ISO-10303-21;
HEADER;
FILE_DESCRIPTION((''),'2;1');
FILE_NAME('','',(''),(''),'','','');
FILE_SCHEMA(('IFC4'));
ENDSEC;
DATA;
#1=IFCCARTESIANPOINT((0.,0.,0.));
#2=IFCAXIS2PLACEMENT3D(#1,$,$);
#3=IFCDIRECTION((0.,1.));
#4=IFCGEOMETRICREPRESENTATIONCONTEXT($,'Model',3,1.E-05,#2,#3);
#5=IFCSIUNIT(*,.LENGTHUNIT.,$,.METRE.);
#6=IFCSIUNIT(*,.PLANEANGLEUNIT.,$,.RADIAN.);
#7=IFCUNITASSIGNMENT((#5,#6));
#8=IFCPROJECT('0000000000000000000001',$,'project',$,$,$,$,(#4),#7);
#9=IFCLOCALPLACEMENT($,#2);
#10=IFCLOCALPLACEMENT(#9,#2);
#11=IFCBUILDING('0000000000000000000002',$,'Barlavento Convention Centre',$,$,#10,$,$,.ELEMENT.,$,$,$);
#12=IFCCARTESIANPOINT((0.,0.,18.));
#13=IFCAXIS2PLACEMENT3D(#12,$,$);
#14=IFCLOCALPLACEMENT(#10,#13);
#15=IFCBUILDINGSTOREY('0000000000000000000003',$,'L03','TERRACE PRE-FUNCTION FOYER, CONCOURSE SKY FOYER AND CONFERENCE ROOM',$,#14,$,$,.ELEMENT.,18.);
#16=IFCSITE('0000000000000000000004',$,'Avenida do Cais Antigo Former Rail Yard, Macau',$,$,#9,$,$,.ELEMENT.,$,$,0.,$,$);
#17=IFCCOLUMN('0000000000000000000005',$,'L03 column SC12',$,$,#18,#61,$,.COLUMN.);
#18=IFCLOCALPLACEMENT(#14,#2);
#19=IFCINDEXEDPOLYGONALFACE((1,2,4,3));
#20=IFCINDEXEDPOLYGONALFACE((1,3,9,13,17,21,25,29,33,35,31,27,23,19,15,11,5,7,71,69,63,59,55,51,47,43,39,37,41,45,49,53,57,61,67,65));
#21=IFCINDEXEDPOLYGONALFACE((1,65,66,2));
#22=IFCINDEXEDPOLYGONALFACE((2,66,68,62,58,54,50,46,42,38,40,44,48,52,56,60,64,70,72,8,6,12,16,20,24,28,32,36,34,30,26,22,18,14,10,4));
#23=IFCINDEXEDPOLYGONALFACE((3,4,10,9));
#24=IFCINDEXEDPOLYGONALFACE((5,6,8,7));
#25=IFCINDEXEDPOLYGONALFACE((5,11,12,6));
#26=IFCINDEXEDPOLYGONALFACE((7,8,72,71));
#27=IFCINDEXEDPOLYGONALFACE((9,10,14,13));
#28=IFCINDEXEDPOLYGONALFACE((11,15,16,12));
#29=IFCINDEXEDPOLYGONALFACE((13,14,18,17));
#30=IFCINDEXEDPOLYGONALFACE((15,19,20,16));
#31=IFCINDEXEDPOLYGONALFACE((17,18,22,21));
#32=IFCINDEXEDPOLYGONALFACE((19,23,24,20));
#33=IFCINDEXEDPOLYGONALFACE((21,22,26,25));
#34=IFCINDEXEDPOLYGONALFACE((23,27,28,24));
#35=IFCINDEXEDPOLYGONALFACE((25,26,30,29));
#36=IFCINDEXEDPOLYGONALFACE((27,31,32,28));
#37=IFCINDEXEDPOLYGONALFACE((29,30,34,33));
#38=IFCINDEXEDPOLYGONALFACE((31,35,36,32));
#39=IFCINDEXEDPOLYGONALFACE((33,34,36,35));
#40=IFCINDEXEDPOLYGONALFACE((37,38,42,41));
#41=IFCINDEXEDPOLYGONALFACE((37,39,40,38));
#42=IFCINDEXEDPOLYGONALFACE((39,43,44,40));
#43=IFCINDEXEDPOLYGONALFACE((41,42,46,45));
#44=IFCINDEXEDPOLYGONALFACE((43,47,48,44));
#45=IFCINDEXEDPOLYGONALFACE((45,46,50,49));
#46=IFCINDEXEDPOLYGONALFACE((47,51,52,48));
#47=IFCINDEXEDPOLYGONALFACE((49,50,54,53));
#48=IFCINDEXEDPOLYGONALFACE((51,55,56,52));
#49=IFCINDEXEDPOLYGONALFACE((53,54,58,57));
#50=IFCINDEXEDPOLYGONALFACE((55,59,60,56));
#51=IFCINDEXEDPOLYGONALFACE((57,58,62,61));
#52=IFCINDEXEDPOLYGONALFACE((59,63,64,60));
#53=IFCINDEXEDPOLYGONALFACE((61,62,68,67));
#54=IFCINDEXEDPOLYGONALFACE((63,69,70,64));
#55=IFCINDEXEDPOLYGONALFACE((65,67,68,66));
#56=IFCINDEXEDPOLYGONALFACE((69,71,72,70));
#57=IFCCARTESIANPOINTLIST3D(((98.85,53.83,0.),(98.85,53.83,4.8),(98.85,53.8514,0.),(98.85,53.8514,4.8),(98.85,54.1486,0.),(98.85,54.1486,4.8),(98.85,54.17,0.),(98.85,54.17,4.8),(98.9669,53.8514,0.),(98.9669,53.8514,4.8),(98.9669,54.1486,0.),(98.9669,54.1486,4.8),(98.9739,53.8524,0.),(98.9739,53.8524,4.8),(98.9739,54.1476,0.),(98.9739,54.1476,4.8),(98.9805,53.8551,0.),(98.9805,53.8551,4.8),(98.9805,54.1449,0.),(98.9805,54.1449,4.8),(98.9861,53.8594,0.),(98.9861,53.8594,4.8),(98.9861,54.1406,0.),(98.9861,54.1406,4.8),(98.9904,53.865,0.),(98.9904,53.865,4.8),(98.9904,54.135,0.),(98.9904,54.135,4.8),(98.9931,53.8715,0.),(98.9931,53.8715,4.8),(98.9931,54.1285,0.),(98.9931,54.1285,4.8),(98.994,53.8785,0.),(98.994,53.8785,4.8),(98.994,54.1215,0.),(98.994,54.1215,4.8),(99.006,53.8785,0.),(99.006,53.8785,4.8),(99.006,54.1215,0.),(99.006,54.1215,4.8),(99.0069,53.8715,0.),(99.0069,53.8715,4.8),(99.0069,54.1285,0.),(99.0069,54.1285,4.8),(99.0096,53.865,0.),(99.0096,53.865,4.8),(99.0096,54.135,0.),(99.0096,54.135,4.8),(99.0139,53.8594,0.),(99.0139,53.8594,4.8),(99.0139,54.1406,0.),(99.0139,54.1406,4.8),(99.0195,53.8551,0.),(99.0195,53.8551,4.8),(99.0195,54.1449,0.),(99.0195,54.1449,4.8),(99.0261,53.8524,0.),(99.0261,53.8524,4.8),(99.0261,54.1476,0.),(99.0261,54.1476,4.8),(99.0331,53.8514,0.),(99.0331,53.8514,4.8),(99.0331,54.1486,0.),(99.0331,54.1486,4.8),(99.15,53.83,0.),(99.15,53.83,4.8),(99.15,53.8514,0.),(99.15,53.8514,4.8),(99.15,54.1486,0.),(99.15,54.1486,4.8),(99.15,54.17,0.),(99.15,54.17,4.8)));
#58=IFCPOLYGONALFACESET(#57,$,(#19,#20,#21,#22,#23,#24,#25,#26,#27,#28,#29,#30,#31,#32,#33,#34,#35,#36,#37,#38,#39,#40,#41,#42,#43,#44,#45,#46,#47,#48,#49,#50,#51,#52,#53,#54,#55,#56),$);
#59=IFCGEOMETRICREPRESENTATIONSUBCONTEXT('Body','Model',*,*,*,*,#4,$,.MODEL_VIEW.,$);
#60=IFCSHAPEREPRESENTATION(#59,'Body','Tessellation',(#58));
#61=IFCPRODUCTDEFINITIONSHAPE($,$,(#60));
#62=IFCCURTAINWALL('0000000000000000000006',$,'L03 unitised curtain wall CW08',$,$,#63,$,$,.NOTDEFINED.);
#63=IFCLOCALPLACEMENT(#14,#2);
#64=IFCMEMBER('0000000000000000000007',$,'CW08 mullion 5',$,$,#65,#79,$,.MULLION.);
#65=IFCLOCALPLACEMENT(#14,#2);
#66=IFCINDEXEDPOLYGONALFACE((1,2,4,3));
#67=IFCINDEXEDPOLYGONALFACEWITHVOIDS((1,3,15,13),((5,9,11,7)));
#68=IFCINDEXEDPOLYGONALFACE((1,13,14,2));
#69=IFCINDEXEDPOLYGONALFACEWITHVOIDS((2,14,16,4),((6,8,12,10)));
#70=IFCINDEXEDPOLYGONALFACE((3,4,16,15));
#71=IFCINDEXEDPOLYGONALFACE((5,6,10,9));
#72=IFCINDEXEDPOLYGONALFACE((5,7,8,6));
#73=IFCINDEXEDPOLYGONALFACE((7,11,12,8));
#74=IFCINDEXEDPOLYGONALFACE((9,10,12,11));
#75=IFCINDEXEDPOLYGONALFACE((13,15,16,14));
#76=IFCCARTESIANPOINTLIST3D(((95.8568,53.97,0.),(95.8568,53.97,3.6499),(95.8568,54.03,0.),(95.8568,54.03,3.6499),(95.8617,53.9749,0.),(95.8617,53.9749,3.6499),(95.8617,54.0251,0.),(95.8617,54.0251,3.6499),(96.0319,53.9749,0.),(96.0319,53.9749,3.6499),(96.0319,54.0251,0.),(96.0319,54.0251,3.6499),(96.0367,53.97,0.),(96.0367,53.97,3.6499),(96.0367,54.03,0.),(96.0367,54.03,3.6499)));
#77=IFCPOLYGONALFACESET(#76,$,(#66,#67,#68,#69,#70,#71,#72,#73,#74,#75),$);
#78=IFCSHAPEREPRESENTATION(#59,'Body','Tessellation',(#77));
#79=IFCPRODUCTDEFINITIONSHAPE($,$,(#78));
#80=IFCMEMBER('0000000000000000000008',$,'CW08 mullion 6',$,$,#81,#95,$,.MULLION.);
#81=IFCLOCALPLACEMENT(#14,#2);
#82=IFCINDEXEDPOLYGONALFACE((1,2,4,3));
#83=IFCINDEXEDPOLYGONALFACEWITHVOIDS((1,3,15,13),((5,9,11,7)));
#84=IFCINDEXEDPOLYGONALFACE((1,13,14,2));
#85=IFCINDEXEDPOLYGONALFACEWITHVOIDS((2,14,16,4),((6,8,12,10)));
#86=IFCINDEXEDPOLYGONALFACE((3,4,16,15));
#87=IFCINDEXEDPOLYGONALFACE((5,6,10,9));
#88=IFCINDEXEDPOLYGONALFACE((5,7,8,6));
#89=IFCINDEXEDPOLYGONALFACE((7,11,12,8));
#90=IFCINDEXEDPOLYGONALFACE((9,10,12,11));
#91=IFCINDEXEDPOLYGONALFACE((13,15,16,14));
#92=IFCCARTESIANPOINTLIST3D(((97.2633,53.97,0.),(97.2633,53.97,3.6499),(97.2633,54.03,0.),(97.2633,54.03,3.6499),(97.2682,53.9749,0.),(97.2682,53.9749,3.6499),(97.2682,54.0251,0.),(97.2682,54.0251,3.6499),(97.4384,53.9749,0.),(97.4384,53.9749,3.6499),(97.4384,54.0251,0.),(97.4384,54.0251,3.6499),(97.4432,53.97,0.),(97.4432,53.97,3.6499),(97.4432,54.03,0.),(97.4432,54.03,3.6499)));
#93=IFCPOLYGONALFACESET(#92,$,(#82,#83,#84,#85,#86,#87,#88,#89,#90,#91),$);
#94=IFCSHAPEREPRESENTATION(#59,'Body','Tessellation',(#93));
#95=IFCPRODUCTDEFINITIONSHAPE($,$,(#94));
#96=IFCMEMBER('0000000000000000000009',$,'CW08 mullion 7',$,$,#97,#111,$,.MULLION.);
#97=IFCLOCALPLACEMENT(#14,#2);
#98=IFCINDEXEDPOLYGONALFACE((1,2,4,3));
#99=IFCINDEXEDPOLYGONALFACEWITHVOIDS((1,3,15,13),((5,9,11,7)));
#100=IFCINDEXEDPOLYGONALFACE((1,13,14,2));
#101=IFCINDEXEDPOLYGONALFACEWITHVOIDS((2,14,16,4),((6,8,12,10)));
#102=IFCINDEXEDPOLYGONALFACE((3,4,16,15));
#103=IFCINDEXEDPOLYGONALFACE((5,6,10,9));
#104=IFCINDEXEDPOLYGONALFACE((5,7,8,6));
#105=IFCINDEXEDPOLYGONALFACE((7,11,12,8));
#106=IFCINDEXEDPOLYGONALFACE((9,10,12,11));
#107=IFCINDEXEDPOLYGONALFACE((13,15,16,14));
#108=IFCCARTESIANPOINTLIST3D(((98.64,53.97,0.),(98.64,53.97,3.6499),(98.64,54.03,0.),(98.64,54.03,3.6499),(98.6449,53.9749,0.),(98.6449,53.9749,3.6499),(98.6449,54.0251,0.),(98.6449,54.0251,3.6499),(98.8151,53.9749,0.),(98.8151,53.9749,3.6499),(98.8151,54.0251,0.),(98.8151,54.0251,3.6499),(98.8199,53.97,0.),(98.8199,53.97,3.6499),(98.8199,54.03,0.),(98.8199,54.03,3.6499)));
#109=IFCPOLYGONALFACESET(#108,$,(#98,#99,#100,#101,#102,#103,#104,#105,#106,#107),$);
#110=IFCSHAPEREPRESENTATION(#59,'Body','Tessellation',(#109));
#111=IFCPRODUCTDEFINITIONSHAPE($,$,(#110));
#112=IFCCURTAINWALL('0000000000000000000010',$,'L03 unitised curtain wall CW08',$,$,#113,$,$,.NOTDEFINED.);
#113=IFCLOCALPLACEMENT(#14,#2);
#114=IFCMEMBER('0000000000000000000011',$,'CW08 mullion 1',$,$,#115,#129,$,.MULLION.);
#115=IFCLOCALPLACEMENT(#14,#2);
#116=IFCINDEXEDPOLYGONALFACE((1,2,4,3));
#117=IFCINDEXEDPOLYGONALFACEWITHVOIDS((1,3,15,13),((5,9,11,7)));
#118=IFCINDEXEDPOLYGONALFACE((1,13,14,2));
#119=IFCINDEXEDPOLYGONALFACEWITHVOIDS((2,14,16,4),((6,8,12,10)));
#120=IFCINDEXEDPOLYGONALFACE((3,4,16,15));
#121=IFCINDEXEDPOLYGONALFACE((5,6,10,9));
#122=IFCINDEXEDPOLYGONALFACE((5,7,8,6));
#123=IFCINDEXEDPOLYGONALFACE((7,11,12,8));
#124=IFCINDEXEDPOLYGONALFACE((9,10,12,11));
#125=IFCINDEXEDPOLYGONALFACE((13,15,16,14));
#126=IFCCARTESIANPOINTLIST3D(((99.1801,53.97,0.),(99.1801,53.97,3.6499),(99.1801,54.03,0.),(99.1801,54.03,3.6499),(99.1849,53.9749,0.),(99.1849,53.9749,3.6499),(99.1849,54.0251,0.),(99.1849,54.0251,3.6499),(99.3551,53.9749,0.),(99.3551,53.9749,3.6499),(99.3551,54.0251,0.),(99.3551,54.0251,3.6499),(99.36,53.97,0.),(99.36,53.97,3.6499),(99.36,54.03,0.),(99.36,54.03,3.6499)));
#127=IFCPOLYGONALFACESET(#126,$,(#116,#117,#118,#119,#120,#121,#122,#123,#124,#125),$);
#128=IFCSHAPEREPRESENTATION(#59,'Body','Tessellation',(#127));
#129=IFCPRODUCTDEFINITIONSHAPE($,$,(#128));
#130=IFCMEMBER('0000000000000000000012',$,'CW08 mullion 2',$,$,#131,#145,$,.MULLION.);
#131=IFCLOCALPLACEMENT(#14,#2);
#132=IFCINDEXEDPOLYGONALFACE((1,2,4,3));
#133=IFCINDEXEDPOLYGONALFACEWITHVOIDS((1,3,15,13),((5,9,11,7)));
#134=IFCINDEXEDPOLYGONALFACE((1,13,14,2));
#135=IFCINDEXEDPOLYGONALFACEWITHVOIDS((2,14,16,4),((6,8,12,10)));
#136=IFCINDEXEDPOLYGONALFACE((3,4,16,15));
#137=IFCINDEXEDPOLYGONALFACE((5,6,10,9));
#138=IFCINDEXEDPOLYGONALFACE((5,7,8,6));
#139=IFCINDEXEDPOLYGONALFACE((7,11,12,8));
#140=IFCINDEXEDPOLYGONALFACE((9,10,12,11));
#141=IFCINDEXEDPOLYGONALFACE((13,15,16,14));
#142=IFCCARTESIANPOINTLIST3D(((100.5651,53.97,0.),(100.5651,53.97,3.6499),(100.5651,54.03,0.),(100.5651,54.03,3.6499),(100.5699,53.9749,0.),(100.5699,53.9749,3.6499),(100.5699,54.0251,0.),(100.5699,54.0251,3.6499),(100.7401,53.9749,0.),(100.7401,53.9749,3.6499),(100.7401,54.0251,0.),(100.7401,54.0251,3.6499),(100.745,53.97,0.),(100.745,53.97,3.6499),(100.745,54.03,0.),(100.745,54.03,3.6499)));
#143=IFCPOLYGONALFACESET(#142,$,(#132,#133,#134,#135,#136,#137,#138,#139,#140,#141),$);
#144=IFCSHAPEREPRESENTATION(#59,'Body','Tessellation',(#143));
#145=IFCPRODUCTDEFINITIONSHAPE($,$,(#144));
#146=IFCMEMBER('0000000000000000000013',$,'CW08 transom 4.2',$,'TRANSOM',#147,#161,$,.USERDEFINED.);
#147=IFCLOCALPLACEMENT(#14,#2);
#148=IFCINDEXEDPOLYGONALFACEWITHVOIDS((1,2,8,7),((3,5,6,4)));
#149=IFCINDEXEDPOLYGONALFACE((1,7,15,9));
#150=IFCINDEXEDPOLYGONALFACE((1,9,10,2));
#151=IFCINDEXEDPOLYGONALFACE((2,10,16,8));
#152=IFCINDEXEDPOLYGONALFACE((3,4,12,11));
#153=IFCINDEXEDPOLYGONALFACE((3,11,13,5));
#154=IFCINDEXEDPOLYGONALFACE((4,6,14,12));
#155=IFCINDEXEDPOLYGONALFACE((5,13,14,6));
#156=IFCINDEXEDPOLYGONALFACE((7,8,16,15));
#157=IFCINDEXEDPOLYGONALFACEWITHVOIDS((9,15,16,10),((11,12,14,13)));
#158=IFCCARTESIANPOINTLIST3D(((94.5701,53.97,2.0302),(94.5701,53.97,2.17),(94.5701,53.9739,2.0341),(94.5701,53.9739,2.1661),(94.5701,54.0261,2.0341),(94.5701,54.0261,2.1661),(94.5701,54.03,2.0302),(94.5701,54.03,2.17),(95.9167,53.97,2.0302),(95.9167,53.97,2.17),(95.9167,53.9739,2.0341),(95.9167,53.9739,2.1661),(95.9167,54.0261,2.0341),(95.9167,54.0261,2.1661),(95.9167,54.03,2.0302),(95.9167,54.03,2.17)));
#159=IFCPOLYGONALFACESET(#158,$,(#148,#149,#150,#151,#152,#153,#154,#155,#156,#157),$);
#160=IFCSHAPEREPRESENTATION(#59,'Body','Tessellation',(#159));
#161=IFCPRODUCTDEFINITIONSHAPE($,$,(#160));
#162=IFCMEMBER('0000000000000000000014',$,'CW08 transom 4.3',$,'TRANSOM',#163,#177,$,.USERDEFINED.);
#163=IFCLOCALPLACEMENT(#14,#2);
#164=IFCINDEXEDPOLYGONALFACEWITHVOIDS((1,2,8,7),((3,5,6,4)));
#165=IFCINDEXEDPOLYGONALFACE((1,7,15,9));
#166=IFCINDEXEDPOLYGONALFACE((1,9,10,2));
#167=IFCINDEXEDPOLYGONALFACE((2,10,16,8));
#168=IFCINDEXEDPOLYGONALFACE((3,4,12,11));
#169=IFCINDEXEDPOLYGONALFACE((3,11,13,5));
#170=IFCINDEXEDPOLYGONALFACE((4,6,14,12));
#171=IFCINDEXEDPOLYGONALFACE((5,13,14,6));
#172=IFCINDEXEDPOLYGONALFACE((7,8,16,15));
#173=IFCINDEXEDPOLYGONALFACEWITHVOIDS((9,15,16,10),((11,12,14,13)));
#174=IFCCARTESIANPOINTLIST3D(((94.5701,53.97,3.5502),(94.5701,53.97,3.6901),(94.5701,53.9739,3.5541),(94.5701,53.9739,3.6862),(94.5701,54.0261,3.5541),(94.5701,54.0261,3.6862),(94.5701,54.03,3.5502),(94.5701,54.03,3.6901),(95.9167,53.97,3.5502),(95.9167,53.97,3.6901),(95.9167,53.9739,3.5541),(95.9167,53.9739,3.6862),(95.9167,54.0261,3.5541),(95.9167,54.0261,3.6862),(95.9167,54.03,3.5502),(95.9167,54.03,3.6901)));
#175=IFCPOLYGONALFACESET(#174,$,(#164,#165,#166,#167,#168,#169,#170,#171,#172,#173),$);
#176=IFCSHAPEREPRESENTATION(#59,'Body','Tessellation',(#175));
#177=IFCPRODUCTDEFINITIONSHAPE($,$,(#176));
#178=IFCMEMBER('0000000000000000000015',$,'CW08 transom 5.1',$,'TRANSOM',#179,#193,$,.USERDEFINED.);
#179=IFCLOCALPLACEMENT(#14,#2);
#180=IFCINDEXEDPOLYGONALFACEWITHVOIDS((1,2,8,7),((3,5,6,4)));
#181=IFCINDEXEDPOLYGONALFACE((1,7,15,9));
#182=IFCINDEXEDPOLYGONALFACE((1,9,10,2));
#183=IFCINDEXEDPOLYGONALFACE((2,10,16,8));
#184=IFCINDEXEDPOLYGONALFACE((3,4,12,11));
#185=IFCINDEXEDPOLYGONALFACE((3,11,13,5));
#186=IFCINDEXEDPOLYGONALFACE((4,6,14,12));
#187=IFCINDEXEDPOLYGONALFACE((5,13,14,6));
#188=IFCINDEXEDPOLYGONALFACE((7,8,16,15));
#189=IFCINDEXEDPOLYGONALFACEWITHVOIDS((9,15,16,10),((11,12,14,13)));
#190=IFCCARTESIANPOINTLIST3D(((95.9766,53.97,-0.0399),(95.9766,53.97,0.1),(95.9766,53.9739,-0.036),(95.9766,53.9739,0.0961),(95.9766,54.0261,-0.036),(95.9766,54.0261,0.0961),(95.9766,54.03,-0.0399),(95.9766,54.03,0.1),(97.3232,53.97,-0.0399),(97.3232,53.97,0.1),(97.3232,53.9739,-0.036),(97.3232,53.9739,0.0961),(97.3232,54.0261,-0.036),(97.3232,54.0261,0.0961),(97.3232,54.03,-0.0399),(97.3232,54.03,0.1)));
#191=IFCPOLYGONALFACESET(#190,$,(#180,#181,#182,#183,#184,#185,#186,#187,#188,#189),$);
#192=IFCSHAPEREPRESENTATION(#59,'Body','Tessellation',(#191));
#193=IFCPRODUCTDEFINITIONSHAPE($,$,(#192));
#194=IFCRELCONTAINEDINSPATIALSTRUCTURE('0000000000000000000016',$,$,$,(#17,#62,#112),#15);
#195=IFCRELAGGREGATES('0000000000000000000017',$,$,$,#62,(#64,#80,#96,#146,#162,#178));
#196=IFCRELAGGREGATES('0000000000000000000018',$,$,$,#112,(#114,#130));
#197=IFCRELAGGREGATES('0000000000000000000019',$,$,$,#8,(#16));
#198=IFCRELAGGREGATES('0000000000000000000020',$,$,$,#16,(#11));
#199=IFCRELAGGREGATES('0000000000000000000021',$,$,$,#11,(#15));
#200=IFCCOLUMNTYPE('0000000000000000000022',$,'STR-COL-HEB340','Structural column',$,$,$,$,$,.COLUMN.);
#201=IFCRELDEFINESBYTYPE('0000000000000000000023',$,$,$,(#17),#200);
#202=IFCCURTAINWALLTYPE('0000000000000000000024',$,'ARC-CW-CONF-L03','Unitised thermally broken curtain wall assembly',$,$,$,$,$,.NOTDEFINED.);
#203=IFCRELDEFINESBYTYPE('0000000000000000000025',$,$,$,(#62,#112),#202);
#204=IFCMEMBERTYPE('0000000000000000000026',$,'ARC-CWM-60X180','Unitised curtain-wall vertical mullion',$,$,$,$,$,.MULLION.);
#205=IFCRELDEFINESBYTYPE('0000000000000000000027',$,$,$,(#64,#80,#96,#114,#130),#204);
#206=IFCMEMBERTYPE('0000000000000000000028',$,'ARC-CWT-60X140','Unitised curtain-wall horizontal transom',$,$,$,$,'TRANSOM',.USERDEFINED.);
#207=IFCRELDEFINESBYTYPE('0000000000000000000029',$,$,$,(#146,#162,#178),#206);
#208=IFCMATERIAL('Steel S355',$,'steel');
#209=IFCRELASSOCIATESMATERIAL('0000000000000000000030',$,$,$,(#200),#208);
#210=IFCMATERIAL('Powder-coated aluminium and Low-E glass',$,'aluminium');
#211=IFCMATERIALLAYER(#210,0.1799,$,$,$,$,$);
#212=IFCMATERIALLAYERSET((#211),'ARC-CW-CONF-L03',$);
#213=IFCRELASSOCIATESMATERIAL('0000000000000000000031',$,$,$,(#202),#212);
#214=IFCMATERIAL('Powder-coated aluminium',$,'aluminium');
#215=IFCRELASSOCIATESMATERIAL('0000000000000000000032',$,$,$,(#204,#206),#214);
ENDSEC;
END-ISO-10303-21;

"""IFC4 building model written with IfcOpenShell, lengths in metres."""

from ifc_helpers import new_model, si_unit, direction, frame, origin, origin_2d, place, context, subcontext, project, spatial, hollow_rectangle, i_section, extrude, material, layer, layer_set, material_profile, profile_set, type_object, element, aggregate, save


model = new_model("IFC4")

# Units and contexts
model_context = context("Model", 3, precision=1e-05, world=origin(), true_north=direction((0.0, 1.0)))
body_context = subcontext(model_context, "Body", "Model", "MODEL_VIEW")
ifc_project = project(units=[si_unit("LENGTHUNIT", "METRE"), si_unit("PLANEANGLEUNIT", "RADIAN")], contexts=[model_context])

# Site, building, storey
site_placement = place(None, origin())
site = spatial("IfcSite", under=ifc_project, at=site_placement, Name="Avenida do Cais Antigo Former Rail Yard, Macau", CompositionType="ELEMENT", RefElevation=0.0)
building_placement = place(site_placement, origin())
building = spatial("IfcBuilding", under=site, at=building_placement, Name="Barlavento Convention Centre", CompositionType="ELEMENT")
storey_placement = place(building_placement, frame((0.0, 0.0, 18.0)))
storey = spatial("IfcBuildingStorey", under=building, at=storey_placement, Name="L03", Description="TERRACE PRE-FUNCTION FOYER, CONCOURSE SKY FOYER AND CONFERENCE ROOM", CompositionType="ELEMENT", Elevation=18.0)

# Column
ifc_material_1 = material(Name="Steel S355", Category="steel")
ifc_material_profile_1 = material_profile(ifc_material_1, i_section(OverallWidth=0.3, OverallDepth=0.3401, WebThickness=0.012, FlangeThickness=0.0215, FilletRadius=0.0271, at=origin_2d()), Name="HEB 340")
ifc_profile_set_1 = profile_set([ifc_material_profile_1], Name="Steel S355")
column_type = type_object("IfcColumnType", Name="STR-COL-HEB340", Description="Structural column", PredefinedType="COLUMN", material=ifc_profile_set_1)
column_placement = place(storey_placement, frame((99.0, 54.0, 0.0), z_axis=(0.0, 0.0, 1.0), x_axis=(1.0, 0.0, 0.0)))
element("IfcColumn", 1, at=column_placement, inside=storey, type_object=column_type, Name="L03 column SC12", PredefinedType="COLUMN", context=body_context, shape_type="SweptSolid", body=[
    extrude(i_section(OverallWidth=0.3, OverallDepth=0.3401, WebThickness=0.012, FlangeThickness=0.0215, FilletRadius=0.0271, at=origin_2d()), origin(), (0.0, 0.0, 1.0), 4.8),
])

# Curtain walls, members
ifc_material_2 = material(Name="Powder-coated aluminium and Low-E glass", Category="aluminium")
ifc_layer_1 = layer(ifc_material_2, 0.1799)
ifc_layer_set_1 = layer_set([ifc_layer_1], Name="ARC-CW-CONF-L03")
curtain_wall_type = type_object("IfcCurtainWallType", Name="ARC-CW-CONF-L03", Description="Unitised thermally broken curtain wall assembly", PredefinedType="NOTDEFINED", material=ifc_layer_set_1)
curtain_wall_1_placement = place(storey_placement, origin())
curtain_wall_1 = element("IfcCurtainWall", 2, at=curtain_wall_1_placement, inside=storey, type_object=curtain_wall_type, Name="L03 unitised curtain wall CW08", PredefinedType="NOTDEFINED")
ifc_material_3 = material(Name="Powder-coated aluminium", Category="aluminium")
ifc_material_profile_2 = material_profile(ifc_material_3, hollow_rectangle(XDim=0.0601, YDim=0.1799, WallThickness=0.0049, at=origin_2d()), Name="AL-MULL 60x180x5")
ifc_profile_set_2 = profile_set([ifc_material_profile_2], Name="Powder-coated aluminium")
member_type_1 = type_object("IfcMemberType", Name="ARC-CWM-60X180", Description="Unitised curtain-wall vertical mullion", PredefinedType="MULLION", material=ifc_profile_set_2)
member_1_placement = place(storey_placement, frame((95.9468, 54.0, 0.0), z_axis=(0.0, 0.0, 1.0), x_axis=(0.0, 1.0, 0.0)))
member_1 = element("IfcMember", 3, at=member_1_placement, type_object=member_type_1, Name="CW08 mullion 5", PredefinedType="MULLION", context=body_context, shape_type="SweptSolid", body=[
    extrude(hollow_rectangle(XDim=0.0601, YDim=0.1799, WallThickness=0.0049, at=origin_2d()), origin(), (0.0, 0.0, 1.0), 3.6499),
])
member_2_placement = place(storey_placement, frame((97.3533, 54.0, 0.0), z_axis=(0.0, 0.0, 1.0), x_axis=(0.0, 1.0, 0.0)))
member_2 = element("IfcMember", 4, at=member_2_placement, type_object=member_type_1, Name="CW08 mullion 6", PredefinedType="MULLION", context=body_context, shape_type="SweptSolid", body=[
    extrude(hollow_rectangle(XDim=0.0601, YDim=0.1799, WallThickness=0.0049, at=origin_2d()), origin(), (0.0, 0.0, 1.0), 3.6499),
])
member_3_placement = place(storey_placement, frame((98.73, 54.0, 0.0), z_axis=(0.0, 0.0, 1.0), x_axis=(0.0, 1.0, 0.0)))
member_3 = element("IfcMember", 5, at=member_3_placement, type_object=member_type_1, Name="CW08 mullion 7", PredefinedType="MULLION", context=body_context, shape_type="SweptSolid", body=[
    extrude(hollow_rectangle(XDim=0.0601, YDim=0.1799, WallThickness=0.0049, at=origin_2d()), origin(), (0.0, 0.0, 1.0), 3.6499),
])
curtain_wall_2_placement = place(storey_placement, origin())
curtain_wall_2 = element("IfcCurtainWall", 6, at=curtain_wall_2_placement, inside=storey, type_object=curtain_wall_type, Name="L03 unitised curtain wall CW08", PredefinedType="NOTDEFINED")
member_4_placement = place(storey_placement, frame((99.27, 54.0, 0.0), z_axis=(0.0, 0.0, 1.0), x_axis=(0.0, 1.0, 0.0)))
member_4 = element("IfcMember", 7, at=member_4_placement, type_object=member_type_1, Name="CW08 mullion 1", PredefinedType="MULLION", context=body_context, shape_type="SweptSolid", body=[
    extrude(hollow_rectangle(XDim=0.0601, YDim=0.1799, WallThickness=0.0049, at=origin_2d()), origin(), (0.0, 0.0, 1.0), 3.6499),
])
member_5_placement = place(storey_placement, frame((100.655, 54.0, 0.0), z_axis=(0.0, 0.0, 1.0), x_axis=(0.0, 1.0, 0.0)))
member_5 = element("IfcMember", 8, at=member_5_placement, type_object=member_type_1, Name="CW08 mullion 2", PredefinedType="MULLION", context=body_context, shape_type="SweptSolid", body=[
    extrude(hollow_rectangle(XDim=0.0601, YDim=0.1799, WallThickness=0.0049, at=origin_2d()), origin(), (0.0, 0.0, 1.0), 3.6499),
])

# Members
ifc_material_profile_3 = material_profile(ifc_material_3, hollow_rectangle(XDim=0.0601, YDim=0.1399, WallThickness=0.0039, at=origin_2d()), Name="AL-TRAN 60x140x4")
ifc_profile_set_3 = profile_set([ifc_material_profile_3], Name="Powder-coated aluminium")
member_type_2 = type_object("IfcMemberType", Name="ARC-CWT-60X140", Description="Unitised curtain-wall horizontal transom", ElementType="TRANSOM", PredefinedType="USERDEFINED", material=ifc_profile_set_3)
member_6_placement = place(storey_placement, frame((94.5701, 54.0, 2.1001), z_axis=(1.0, 0.0, 0.0), x_axis=(0.0, 1.0, 0.0)))
member_6 = element("IfcMember", 9, at=member_6_placement, type_object=member_type_2, Name="CW08 transom 4.2", ObjectType="TRANSOM", PredefinedType="USERDEFINED", context=body_context, shape_type="SweptSolid", body=[
    extrude(hollow_rectangle(XDim=0.0601, YDim=0.1399, WallThickness=0.0039, at=origin_2d()), origin(), (0.0, 0.0, 1.0), 1.3467),
])
member_7_placement = place(storey_placement, frame((94.5701, 54.0, 3.6201), z_axis=(1.0, 0.0, 0.0), x_axis=(0.0, 1.0, 0.0)))
member_7 = element("IfcMember", 10, at=member_7_placement, type_object=member_type_2, Name="CW08 transom 4.3", ObjectType="TRANSOM", PredefinedType="USERDEFINED", context=body_context, shape_type="SweptSolid", body=[
    extrude(hollow_rectangle(XDim=0.0601, YDim=0.1399, WallThickness=0.0039, at=origin_2d()), origin(), (0.0, 0.0, 1.0), 1.3467),
])
member_8_placement = place(storey_placement, frame((95.9766, 54.0, 0.03), z_axis=(1.0, 0.0, 0.0), x_axis=(0.0, 1.0, 0.0)))
member_8 = element("IfcMember", 11, at=member_8_placement, type_object=member_type_2, Name="CW08 transom 5.1", ObjectType="TRANSOM", PredefinedType="USERDEFINED", context=body_context, shape_type="SweptSolid", body=[
    extrude(hollow_rectangle(XDim=0.0601, YDim=0.1399, WallThickness=0.0039, at=origin_2d()), origin(), (0.0, 0.0, 1.0), 1.3467),
])

aggregate(curtain_wall_1, [member_1, member_2, member_3, member_6, member_7, member_8])
aggregate(curtain_wall_2, [member_4, member_5])

save(model, "model.ifc")
